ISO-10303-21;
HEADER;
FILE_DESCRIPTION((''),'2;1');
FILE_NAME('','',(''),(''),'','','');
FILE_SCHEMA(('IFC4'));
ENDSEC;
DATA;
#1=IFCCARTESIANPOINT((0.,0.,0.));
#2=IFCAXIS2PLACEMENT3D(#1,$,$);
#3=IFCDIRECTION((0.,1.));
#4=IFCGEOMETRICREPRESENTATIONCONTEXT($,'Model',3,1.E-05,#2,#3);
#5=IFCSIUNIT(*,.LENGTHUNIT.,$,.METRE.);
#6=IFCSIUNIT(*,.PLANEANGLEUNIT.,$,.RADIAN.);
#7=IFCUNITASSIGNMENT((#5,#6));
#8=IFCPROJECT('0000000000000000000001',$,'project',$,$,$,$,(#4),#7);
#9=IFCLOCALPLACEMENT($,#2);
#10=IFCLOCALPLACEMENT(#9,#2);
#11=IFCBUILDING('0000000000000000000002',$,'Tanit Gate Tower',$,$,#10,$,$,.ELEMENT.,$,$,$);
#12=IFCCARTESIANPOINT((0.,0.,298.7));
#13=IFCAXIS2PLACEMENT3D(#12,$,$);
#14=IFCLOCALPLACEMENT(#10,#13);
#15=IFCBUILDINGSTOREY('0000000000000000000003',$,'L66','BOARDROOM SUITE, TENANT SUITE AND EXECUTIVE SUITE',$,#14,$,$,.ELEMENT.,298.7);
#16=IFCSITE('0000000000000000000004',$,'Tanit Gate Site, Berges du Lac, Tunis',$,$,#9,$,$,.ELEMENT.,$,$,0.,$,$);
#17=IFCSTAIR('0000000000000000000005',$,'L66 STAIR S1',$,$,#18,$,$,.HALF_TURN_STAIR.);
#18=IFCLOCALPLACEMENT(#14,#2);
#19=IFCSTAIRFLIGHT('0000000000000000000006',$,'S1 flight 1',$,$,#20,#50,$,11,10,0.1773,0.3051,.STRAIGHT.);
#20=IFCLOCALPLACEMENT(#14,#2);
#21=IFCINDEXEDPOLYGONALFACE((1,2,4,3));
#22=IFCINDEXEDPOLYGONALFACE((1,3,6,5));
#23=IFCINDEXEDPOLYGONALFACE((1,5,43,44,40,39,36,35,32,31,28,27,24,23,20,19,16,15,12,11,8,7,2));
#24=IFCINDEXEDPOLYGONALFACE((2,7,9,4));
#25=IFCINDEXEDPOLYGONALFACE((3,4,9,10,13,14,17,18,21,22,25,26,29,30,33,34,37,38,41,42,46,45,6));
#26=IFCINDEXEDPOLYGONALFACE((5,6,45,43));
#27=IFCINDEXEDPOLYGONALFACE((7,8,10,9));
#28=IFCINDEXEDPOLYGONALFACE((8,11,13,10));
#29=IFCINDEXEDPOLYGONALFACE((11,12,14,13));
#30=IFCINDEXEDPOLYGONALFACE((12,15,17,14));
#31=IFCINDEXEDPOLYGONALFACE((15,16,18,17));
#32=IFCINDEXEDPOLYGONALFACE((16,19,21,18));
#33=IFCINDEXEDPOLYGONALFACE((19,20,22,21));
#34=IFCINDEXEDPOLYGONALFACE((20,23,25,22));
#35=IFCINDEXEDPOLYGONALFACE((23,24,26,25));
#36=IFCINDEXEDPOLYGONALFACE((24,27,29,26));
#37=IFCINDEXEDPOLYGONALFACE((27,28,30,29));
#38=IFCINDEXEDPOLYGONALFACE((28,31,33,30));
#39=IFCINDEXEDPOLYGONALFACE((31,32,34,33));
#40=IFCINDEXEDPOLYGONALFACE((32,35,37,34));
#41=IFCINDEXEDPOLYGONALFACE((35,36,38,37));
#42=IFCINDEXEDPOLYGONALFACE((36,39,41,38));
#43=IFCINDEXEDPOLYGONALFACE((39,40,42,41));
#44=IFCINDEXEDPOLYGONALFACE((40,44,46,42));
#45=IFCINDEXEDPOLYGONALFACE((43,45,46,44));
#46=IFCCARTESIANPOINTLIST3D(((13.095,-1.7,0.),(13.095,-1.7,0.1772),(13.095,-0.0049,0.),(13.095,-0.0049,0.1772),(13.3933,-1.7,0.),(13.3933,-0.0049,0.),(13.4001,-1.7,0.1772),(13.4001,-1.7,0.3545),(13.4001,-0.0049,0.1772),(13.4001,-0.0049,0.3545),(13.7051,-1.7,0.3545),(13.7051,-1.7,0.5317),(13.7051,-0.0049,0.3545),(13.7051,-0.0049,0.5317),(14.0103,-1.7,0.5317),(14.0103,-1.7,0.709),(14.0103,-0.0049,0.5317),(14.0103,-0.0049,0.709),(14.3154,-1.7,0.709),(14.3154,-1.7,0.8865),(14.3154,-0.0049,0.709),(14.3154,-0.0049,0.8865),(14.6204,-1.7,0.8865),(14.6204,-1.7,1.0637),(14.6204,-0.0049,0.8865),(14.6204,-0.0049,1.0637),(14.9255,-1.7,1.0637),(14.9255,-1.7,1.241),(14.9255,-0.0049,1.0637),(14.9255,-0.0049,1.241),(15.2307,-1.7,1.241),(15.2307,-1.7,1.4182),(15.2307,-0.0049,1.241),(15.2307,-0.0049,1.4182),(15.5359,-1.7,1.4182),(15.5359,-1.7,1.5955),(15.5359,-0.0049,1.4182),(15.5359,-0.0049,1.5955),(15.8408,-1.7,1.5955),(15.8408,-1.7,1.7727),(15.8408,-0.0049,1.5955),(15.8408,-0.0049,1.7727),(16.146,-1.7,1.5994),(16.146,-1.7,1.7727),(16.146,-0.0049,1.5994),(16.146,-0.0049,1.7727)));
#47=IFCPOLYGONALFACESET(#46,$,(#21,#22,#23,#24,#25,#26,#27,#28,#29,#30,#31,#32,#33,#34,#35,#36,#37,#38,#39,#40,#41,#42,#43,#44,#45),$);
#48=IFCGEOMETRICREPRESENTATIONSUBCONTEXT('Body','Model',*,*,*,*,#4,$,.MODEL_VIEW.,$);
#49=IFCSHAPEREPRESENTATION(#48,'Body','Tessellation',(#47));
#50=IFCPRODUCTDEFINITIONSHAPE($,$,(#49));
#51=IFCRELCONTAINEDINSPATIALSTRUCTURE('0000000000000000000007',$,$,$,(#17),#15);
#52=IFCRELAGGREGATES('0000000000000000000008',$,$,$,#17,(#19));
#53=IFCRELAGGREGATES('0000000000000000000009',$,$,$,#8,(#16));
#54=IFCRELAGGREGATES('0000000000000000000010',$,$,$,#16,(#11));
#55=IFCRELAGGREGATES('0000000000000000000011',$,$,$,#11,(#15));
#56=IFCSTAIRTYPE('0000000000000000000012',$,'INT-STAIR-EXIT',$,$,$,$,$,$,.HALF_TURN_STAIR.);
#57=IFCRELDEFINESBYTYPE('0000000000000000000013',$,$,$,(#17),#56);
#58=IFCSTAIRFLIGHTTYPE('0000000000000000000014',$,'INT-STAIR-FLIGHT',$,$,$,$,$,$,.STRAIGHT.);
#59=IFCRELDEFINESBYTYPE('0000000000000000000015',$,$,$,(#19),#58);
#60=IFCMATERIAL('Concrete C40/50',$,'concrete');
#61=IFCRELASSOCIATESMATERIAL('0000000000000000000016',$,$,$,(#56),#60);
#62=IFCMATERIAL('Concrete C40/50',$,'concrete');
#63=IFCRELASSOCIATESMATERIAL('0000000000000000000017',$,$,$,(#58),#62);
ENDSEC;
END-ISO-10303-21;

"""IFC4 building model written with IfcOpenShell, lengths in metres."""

from ifc_helpers import new_model, si_unit, direction, frame, origin, place, context, subcontext, project, spatial, polyline, outline, extrude, material, type_object, element, aggregate, save


model = new_model("IFC4")

# Units and contexts
model_context = context("Model", 3, precision=1e-05, world=origin(), true_north=direction((0.0, 1.0)))
body_context = subcontext(model_context, "Body", "Model", "MODEL_VIEW")
ifc_project = project(units=[si_unit("LENGTHUNIT", "METRE"), si_unit("PLANEANGLEUNIT", "RADIAN")], contexts=[model_context])

# Site, building, storey
site_placement = place(None, origin())
site = spatial("IfcSite", under=ifc_project, at=site_placement, Name="Tanit Gate Site, Berges du Lac, Tunis", CompositionType="ELEMENT", RefElevation=0.0)
building_placement = place(site_placement, origin())
building = spatial("IfcBuilding", under=site, at=building_placement, Name="Tanit Gate Tower", CompositionType="ELEMENT")
storey_placement = place(building_placement, frame((0.0, 0.0, 298.7)))
storey = spatial("IfcBuildingStorey", under=building, at=storey_placement, Name="L66", Description="BOARDROOM SUITE, TENANT SUITE AND EXECUTIVE SUITE", CompositionType="ELEMENT", Elevation=298.7)

# Stair, stair flight
ifc_material_1 = material(Name="Concrete C40/50", Category="concrete")
stair_type = type_object("IfcStairType", Name="INT-STAIR-EXIT", PredefinedType="HALF_TURN_STAIR", material=ifc_material_1)
stair_placement = place(storey_placement, origin())
stair = element("IfcStair", 1, at=stair_placement, inside=storey, type_object=stair_type, Name="L66 STAIR S1", PredefinedType="HALF_TURN_STAIR")
ifc_material_2 = material(Name="Concrete C40/50", Category="concrete")
stair_flight_type = type_object("IfcStairFlightType", Name="INT-STAIR-FLIGHT", PredefinedType="STRAIGHT", material=ifc_material_2)
stair_flight_placement = place(storey_placement, frame((13.095, -0.8525, 0.0), z_axis=(0.0, 0.0, 1.0), x_axis=(1.0, 0.0, 0.0)))
stair_flight = element("IfcStairFlight", 2, at=stair_flight_placement, type_object=stair_flight_type, Name="S1 flight 1", NumberOfRisers=11, NumberOfTreads=10, PredefinedType="STRAIGHT", RiserHeight=0.1773, TreadLength=0.3051, context=body_context, shape_type="SweptSolid", body=[
    extrude(outline(polyline([(0.0, 0.0), (0.0, 0.1772), (0.3052, 0.1772), (0.3052, 0.3545), (0.6101, 0.3545), (0.6101, 0.5317), (0.9153, 0.5317), (0.9153, 0.709), (1.2205, 0.709), (1.2205, 0.8865), (1.5254, 0.8865), (1.5254, 1.0637), (1.8306, 1.0637), (1.8306, 1.241), (2.1357, 1.241), (2.1357, 1.4182), (2.4409, 1.4182), (2.4409, 1.5955), (2.7458, 1.5955), (2.7458, 1.7727), (3.051, 1.7727), (3.051, 1.95), (3.051, 1.5994), (0.2983, 0.0), (0.0, 0.0)])), frame((0.0, 0.8477, 0.0), z_axis=(0.0, -1.0, 0.0), x_axis=(1.0, 0.0, 0.0)), (0.0, 0.0, 1.0), 1.6951),
])
aggregate(stair, [stair_flight])

save(model, "model.ifc")
